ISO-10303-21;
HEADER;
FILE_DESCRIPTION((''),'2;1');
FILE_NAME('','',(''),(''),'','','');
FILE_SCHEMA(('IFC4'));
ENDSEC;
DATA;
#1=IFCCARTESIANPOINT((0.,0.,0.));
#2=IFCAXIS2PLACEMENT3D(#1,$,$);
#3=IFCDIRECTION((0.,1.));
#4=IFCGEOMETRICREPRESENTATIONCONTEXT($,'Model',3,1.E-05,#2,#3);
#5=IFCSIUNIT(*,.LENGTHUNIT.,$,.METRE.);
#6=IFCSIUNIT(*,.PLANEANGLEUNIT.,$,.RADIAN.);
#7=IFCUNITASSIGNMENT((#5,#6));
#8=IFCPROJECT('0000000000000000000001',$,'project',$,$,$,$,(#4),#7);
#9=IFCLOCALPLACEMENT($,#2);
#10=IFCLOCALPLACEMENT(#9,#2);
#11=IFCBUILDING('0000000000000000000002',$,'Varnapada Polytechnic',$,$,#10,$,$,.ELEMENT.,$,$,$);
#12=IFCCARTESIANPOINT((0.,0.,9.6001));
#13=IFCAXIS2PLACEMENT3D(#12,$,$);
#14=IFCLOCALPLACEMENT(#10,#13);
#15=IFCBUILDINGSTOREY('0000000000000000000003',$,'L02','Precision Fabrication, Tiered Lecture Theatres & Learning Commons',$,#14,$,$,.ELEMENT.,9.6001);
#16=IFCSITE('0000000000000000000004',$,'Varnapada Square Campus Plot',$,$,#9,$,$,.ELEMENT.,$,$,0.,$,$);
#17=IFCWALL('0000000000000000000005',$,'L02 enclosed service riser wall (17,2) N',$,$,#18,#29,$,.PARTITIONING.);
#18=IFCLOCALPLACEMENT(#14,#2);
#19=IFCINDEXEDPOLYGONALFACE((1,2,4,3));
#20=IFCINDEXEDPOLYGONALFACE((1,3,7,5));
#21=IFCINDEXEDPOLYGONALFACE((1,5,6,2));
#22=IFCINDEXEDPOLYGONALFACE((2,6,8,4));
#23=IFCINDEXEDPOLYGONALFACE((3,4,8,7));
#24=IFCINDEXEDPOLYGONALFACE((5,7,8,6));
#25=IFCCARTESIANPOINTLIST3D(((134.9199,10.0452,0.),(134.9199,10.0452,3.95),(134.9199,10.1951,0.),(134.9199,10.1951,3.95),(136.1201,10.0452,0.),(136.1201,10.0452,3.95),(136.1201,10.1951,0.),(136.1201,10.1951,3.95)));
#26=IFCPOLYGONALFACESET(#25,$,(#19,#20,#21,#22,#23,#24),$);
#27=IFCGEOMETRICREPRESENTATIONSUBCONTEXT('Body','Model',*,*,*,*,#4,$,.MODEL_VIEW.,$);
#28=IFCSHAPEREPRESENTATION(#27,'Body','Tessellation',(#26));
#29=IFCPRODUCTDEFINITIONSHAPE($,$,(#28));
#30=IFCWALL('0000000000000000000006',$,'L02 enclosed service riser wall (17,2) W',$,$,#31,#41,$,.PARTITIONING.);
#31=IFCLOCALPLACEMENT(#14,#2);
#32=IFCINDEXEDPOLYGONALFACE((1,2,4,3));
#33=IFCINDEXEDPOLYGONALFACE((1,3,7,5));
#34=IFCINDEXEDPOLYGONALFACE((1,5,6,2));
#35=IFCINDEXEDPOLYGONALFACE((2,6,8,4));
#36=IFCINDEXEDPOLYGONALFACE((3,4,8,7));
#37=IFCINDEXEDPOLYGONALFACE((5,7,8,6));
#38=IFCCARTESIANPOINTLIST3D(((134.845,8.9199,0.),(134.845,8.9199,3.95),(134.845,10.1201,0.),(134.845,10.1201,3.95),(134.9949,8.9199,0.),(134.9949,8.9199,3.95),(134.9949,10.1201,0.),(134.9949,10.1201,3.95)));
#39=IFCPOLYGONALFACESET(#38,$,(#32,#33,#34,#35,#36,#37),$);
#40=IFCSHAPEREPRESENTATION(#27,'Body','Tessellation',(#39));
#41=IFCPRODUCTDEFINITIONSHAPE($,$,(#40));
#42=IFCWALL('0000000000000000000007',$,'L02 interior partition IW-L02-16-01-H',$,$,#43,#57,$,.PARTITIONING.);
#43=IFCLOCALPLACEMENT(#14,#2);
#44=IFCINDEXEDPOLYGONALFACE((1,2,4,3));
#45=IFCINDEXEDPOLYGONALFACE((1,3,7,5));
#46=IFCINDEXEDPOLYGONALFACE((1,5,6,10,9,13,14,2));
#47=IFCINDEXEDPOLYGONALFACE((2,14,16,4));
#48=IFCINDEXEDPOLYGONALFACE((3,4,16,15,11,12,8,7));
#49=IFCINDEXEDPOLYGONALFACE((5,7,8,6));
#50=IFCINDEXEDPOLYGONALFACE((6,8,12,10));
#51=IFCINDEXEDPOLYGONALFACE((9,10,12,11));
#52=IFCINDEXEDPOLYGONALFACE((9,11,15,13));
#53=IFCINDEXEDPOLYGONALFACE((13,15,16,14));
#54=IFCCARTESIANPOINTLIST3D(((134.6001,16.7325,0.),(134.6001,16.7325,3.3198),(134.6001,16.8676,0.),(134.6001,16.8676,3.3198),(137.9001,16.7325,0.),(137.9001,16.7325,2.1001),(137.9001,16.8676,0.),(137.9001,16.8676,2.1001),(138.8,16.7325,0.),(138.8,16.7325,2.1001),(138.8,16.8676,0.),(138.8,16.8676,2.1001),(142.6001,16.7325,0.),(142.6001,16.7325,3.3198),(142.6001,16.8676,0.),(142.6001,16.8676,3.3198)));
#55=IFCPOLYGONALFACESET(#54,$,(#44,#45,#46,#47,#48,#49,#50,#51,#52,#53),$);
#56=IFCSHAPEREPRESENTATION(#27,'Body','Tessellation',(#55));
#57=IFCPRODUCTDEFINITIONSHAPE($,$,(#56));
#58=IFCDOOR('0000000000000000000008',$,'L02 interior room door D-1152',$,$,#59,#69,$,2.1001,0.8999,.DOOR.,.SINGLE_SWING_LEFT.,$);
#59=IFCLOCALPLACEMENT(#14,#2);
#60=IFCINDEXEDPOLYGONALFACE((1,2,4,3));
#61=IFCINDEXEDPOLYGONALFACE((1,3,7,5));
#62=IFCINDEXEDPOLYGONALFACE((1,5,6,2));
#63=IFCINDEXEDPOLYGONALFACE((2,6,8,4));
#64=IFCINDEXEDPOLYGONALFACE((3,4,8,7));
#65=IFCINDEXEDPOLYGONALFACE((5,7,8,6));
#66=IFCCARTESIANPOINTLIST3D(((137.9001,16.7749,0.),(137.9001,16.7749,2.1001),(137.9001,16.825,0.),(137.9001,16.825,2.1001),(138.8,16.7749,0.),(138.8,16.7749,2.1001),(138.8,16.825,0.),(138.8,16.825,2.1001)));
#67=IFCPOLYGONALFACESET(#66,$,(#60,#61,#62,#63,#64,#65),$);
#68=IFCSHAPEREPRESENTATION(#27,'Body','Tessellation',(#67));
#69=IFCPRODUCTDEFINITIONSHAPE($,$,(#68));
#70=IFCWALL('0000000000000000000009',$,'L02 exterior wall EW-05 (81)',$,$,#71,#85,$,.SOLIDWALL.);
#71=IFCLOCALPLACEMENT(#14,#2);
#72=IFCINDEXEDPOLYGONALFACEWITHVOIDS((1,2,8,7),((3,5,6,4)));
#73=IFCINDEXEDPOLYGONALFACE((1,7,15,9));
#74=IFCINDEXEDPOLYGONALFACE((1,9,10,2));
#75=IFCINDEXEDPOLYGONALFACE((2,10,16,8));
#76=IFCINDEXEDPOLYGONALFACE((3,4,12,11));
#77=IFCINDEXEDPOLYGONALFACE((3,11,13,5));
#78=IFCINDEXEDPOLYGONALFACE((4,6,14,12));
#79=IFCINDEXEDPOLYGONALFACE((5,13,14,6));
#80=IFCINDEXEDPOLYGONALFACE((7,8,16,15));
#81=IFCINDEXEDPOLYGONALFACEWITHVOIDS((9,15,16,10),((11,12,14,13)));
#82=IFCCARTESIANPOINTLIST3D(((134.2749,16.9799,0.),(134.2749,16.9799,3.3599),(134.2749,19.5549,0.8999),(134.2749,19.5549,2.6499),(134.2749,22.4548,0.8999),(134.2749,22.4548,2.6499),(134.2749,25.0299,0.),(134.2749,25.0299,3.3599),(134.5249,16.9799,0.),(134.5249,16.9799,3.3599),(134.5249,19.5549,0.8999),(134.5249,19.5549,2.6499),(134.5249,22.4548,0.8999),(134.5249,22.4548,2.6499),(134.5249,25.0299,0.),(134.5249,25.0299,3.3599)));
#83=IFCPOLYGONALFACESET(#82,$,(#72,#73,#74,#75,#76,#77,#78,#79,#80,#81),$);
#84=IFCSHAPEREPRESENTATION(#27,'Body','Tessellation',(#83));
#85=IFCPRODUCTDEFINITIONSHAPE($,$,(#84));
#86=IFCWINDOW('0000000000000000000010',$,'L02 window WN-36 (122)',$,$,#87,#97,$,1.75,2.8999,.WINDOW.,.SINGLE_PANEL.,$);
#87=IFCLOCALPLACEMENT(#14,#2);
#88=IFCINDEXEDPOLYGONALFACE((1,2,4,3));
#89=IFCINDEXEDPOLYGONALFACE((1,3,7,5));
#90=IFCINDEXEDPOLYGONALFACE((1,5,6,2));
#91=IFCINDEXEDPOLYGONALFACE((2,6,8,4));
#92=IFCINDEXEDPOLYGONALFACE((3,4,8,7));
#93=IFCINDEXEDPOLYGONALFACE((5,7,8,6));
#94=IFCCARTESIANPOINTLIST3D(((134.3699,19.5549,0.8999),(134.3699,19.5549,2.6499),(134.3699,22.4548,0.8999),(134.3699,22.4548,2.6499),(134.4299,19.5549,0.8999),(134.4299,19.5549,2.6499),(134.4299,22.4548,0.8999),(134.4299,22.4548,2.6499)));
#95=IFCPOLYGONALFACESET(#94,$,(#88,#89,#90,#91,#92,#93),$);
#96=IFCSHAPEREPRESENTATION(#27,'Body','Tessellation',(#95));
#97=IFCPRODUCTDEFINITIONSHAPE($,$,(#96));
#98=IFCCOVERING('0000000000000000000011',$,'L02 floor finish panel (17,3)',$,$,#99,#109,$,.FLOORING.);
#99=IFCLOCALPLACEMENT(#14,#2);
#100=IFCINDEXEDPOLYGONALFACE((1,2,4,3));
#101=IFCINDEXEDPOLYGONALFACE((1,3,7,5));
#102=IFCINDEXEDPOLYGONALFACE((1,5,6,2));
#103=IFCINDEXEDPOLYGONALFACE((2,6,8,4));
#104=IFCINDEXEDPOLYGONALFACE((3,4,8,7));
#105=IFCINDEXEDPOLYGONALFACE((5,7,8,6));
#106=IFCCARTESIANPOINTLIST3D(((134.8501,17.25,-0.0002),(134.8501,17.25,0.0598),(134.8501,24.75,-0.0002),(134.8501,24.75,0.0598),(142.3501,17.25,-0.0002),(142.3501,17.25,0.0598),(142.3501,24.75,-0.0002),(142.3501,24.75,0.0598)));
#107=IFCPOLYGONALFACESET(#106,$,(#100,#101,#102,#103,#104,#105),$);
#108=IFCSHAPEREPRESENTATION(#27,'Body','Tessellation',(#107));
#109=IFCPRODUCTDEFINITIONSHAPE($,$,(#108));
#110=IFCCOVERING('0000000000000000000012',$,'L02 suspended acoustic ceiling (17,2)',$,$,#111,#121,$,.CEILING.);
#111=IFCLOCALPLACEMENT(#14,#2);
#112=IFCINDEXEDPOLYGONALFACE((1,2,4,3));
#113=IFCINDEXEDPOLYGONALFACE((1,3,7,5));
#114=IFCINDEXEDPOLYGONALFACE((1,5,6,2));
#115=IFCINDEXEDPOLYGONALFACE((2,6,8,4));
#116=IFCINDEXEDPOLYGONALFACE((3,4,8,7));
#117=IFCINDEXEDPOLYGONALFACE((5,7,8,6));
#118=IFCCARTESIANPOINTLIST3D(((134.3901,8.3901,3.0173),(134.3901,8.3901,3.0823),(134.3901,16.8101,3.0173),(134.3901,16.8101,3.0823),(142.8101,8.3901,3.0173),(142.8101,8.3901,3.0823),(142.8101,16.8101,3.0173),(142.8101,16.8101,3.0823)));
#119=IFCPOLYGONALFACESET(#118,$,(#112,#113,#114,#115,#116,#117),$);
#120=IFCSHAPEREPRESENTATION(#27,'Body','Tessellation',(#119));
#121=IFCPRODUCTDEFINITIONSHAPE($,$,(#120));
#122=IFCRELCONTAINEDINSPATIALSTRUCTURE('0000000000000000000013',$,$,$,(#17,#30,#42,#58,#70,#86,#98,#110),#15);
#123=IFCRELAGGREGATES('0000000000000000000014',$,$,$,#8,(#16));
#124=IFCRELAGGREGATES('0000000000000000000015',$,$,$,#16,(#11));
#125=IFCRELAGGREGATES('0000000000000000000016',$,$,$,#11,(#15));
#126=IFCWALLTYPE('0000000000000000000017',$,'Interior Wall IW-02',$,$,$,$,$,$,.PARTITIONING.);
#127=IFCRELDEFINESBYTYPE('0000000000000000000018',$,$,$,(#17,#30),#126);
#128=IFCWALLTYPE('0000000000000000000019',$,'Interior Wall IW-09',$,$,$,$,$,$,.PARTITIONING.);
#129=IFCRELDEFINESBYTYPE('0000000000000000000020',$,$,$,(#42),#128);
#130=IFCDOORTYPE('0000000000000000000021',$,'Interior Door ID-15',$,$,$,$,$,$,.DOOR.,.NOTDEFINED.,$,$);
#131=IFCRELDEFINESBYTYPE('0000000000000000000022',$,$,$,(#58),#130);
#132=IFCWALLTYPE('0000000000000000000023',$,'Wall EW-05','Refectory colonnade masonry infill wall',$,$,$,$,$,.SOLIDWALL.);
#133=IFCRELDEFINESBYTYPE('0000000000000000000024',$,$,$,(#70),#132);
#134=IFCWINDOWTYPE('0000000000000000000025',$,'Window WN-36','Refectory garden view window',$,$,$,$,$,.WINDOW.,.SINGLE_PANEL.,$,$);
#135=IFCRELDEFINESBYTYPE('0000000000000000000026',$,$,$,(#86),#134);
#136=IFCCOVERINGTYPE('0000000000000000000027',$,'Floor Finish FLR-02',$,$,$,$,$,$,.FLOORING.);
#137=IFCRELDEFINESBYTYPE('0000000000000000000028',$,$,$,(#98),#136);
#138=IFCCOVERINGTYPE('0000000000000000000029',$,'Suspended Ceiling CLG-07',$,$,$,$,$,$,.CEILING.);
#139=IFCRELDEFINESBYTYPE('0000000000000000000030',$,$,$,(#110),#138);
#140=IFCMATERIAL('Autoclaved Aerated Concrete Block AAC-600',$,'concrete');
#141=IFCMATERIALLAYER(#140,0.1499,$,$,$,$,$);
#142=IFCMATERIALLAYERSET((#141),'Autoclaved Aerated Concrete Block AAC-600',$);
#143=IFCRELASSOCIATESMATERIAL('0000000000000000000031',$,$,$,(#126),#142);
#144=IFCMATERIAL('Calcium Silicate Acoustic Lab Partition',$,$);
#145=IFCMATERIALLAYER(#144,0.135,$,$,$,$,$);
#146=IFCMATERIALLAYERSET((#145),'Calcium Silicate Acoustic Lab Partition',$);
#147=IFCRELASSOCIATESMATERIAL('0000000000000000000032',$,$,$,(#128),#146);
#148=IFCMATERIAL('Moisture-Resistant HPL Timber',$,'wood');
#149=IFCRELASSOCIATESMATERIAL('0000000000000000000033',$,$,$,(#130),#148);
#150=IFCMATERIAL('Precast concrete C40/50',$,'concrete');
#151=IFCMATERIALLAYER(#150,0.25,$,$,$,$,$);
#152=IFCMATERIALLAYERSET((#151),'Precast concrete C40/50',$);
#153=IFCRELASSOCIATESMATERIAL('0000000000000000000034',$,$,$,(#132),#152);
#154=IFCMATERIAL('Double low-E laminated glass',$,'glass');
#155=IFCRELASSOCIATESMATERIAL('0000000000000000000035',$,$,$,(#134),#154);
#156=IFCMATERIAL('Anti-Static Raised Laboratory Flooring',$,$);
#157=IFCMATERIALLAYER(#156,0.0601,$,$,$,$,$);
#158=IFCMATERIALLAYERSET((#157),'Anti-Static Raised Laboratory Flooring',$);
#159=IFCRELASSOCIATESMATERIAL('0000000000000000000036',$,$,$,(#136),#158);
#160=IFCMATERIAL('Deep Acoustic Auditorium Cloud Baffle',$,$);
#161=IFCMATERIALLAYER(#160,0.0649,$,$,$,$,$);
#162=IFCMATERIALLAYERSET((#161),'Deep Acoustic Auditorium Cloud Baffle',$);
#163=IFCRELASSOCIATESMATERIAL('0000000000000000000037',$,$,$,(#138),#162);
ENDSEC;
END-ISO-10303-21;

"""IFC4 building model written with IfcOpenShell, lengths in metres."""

from ifc_helpers import new_model, si_unit, direction, frame, frame_2d, origin, origin_2d, place, context, subcontext, project, spatial, rectangle, extrude, material, layer, layer_set, type_object, element, fill, save


model = new_model("IFC4")

# Units and contexts
model_context = context("Model", 3, precision=1e-05, world=origin(), true_north=direction((0.0, 1.0)))
body_context = subcontext(model_context, "Body", "Model", "MODEL_VIEW")
ifc_project = project(units=[si_unit("LENGTHUNIT", "METRE"), si_unit("PLANEANGLEUNIT", "RADIAN")], contexts=[model_context])

# Site, building, storey
site_placement = place(None, origin())
site = spatial("IfcSite", under=ifc_project, at=site_placement, Name="Varnapada Square Campus Plot", CompositionType="ELEMENT", RefElevation=0.0)
building_placement = place(site_placement, origin())
building = spatial("IfcBuilding", under=site, at=building_placement, Name="Varnapada Polytechnic", CompositionType="ELEMENT")
storey_placement = place(building_placement, frame((0.0, 0.0, 9.6001)))
storey = spatial("IfcBuildingStorey", under=building, at=storey_placement, Name="L02", Description="Precision Fabrication, Tiered Lecture Theatres & Learning Commons", CompositionType="ELEMENT", Elevation=9.6001)

# Shared definitions
ifc_material_1 = material(Name="Double low-E laminated glass", Category="glass")

# Walls
ifc_material_2 = material(Name="Autoclaved Aerated Concrete Block AAC-600", Category="concrete")
ifc_layer_1 = layer(ifc_material_2, 0.1499)
ifc_layer_set_1 = layer_set([ifc_layer_1], Name="Autoclaved Aerated Concrete Block AAC-600")
wall_type_1 = type_object("IfcWallType", Name="Interior Wall IW-02", PredefinedType="PARTITIONING", material=ifc_layer_set_1)
for number, where, z_axis, x_axis, name in (
    (1, (136.1201, 10.1201, 0.0), (0.0, 0.0, 1.0), (-1.0, 0.0, 0.0), "L02 enclosed service riser wall (17,2) N"),
    (2, (134.9199, 10.1201, 0.0), (0.0, 0.0, 1.0), (0.0, -1.0, 0.0), "L02 enclosed service riser wall (17,2) W"),
):
    element("IfcWall", number, at=place(storey_placement, frame(where, z_axis=z_axis, x_axis=x_axis)), inside=storey, type_object=wall_type_1, Name=name, PredefinedType="PARTITIONING", context=body_context, shape_type="SweptSolid", body=[
        extrude(rectangle(XDim=1.2002, YDim=0.1499, at=frame_2d((0.6001, 0.0))), origin(), (0.0, 0.0, 1.0), 3.95),
    ])

# Wall, opening, door
ifc_material_3 = material(Name="Calcium Silicate Acoustic Lab Partition")
ifc_layer_2 = layer(ifc_material_3, 0.135)
ifc_layer_set_2 = layer_set([ifc_layer_2], Name="Calcium Silicate Acoustic Lab Partition")
wall_type_2 = type_object("IfcWallType", Name="Interior Wall IW-09", PredefinedType="PARTITIONING", material=ifc_layer_set_2)
wall_1_placement = place(storey_placement, frame((134.6001, 16.8, 0.0), z_axis=(0.0, 0.0, 1.0), x_axis=(1.0, 0.0, 0.0)))
wall_1 = element("IfcWall", 3, at=wall_1_placement, inside=storey, type_object=wall_type_2, Name="L02 interior partition IW-L02-16-01-H", PredefinedType="PARTITIONING", context=body_context, shape_type="SweptSolid", body=[
    extrude(rectangle(XDim=8.0, YDim=0.135, at=frame_2d((4.0, 0.0))), origin(), (0.0, 0.0, 1.0), 3.3198),
])
opening_1_placement = place(wall_1_placement, frame((3.3, 0.0, 0.0)))
opening_1 = element("IfcOpeningElement", 4, at=opening_1_placement, cuts=wall_1, PredefinedType="OPENING", context=body_context, shape_type="SweptSolid", body=[
    extrude(rectangle(XDim=0.8999, YDim=2.1001, at=frame_2d((0.45, 1.05))), frame((0.0, 0.0774, 0.0), z_axis=(0.0, -1.0, 0.0), x_axis=(1.0, 0.0, 0.0)), (0.0, 0.0, 1.0), 0.155),
])
ifc_material_4 = material(Name="Moisture-Resistant HPL Timber", Category="wood")
door_type = type_object("IfcDoorType", Name="Interior Door ID-15", OperationType="NOTDEFINED", PredefinedType="DOOR", material=ifc_material_4)
door_placement = place(opening_1_placement, origin())
door = element("IfcDoor", 5, at=door_placement, inside=storey, type_object=door_type, Name="L02 interior room door D-1152", OperationType="SINGLE_SWING_LEFT", OverallHeight=2.1001, OverallWidth=0.8999, PredefinedType="DOOR", context=body_context, shape_type="SweptSolid", body=[
    extrude(rectangle(XDim=0.8999, YDim=2.1001, at=frame_2d((0.45, 1.05))), frame((0.0, 0.0249, 0.0), z_axis=(0.0, -1.0, 0.0), x_axis=(1.0, 0.0, 0.0)), (0.0, 0.0, 1.0), 0.05),
])
fill(opening_1, door)

# Wall, opening, window
ifc_material_5 = material(Name="Precast concrete C40/50", Category="concrete")
ifc_layer_3 = layer(ifc_material_5, 0.25)
ifc_layer_set_3 = layer_set([ifc_layer_3], Name="Precast concrete C40/50")
wall_type_3 = type_object("IfcWallType", Name="Wall EW-05", Description="Refectory colonnade masonry infill wall", PredefinedType="SOLIDWALL", material=ifc_layer_set_3)
wall_2_placement = place(storey_placement, frame((134.3999, 16.98, 0.0), z_axis=(0.0, 0.0, 1.0), x_axis=(0.0, 1.0, 0.0)))
wall_2 = element("IfcWall", 6, at=wall_2_placement, inside=storey, type_object=wall_type_3, Name="L02 exterior wall EW-05 (81)", PredefinedType="SOLIDWALL", context=body_context, shape_type="SweptSolid", body=[
    extrude(rectangle(XDim=8.05, YDim=0.25, at=frame_2d((4.0249, 0.0))), origin(), (0.0, 0.0, 1.0), 3.3599),
])
opening_2_placement = place(wall_2_placement, frame((2.575, 0.0, 0.8999)))
opening_2 = element("IfcOpeningElement", 7, at=opening_2_placement, cuts=wall_2, PredefinedType="OPENING", context=body_context, shape_type="SweptSolid", body=[
    extrude(rectangle(XDim=2.8999, YDim=1.75, at=frame_2d((1.45, 0.875))), frame((0.0, 0.135, 0.0), z_axis=(0.0, -1.0, 0.0), x_axis=(1.0, 0.0, 0.0)), (0.0, 0.0, 1.0), 0.27),
])
window_type = type_object("IfcWindowType", Name="Window WN-36", Description="Refectory garden view window", PartitioningType="SINGLE_PANEL", PredefinedType="WINDOW", material=ifc_material_1)
window_placement = place(opening_2_placement, origin())
window = element("IfcWindow", 8, at=window_placement, inside=storey, type_object=window_type, Name="L02 window WN-36 (122)", OverallHeight=1.75, OverallWidth=2.8999, PartitioningType="SINGLE_PANEL", PredefinedType="WINDOW", context=body_context, shape_type="SweptSolid", body=[
    extrude(rectangle(XDim=2.8999, YDim=1.75, at=frame_2d((1.45, 0.875))), frame((0.0, 0.03, 0.0), z_axis=(0.0, -1.0, 0.0), x_axis=(1.0, 0.0, 0.0)), (0.0, 0.0, 1.0), 0.0601),
])
fill(opening_2, window)

# Coverings
ifc_material_6 = material(Name="Anti-Static Raised Laboratory Flooring")
ifc_layer_4 = layer(ifc_material_6, 0.0601)
ifc_layer_set_4 = layer_set([ifc_layer_4], Name="Anti-Static Raised Laboratory Flooring")
covering_type_1 = type_object("IfcCoveringType", Name="Floor Finish FLR-02", PredefinedType="FLOORING", material=ifc_layer_set_4)
covering_1_placement = place(storey_placement, frame((138.6001, 21.0, -0.0002), z_axis=(0.0, 0.0, 1.0), x_axis=(1.0, 0.0, 0.0)))
element("IfcCovering", 9, at=covering_1_placement, inside=storey, type_object=covering_type_1, Name="L02 floor finish panel (17,3)", PredefinedType="FLOORING", context=body_context, shape_type="SweptSolid", body=[
    extrude(rectangle(XDim=7.5, YDim=7.5, at=origin_2d()), origin(), (0.0, 0.0, 1.0), 0.0601),
])
ifc_material_7 = material(Name="Deep Acoustic Auditorium Cloud Baffle")
ifc_layer_5 = layer(ifc_material_7, 0.0649)
ifc_layer_set_5 = layer_set([ifc_layer_5], Name="Deep Acoustic Auditorium Cloud Baffle")
covering_type_2 = type_object("IfcCoveringType", Name="Suspended Ceiling CLG-07", PredefinedType="CEILING", material=ifc_layer_set_5)
covering_2_placement = place(storey_placement, frame((138.6001, 12.6001, 3.0173), z_axis=(0.0, 0.0, 1.0), x_axis=(1.0, 0.0, 0.0)))
element("IfcCovering", 10, at=covering_2_placement, inside=storey, type_object=covering_type_2, Name="L02 suspended acoustic ceiling (17,2)", PredefinedType="CEILING", context=body_context, shape_type="SweptSolid", body=[
    extrude(rectangle(XDim=8.4199, YDim=8.4199, at=origin_2d()), origin(), (0.0, 0.0, 1.0), 0.0649),
])

save(model, "model.ifc")
